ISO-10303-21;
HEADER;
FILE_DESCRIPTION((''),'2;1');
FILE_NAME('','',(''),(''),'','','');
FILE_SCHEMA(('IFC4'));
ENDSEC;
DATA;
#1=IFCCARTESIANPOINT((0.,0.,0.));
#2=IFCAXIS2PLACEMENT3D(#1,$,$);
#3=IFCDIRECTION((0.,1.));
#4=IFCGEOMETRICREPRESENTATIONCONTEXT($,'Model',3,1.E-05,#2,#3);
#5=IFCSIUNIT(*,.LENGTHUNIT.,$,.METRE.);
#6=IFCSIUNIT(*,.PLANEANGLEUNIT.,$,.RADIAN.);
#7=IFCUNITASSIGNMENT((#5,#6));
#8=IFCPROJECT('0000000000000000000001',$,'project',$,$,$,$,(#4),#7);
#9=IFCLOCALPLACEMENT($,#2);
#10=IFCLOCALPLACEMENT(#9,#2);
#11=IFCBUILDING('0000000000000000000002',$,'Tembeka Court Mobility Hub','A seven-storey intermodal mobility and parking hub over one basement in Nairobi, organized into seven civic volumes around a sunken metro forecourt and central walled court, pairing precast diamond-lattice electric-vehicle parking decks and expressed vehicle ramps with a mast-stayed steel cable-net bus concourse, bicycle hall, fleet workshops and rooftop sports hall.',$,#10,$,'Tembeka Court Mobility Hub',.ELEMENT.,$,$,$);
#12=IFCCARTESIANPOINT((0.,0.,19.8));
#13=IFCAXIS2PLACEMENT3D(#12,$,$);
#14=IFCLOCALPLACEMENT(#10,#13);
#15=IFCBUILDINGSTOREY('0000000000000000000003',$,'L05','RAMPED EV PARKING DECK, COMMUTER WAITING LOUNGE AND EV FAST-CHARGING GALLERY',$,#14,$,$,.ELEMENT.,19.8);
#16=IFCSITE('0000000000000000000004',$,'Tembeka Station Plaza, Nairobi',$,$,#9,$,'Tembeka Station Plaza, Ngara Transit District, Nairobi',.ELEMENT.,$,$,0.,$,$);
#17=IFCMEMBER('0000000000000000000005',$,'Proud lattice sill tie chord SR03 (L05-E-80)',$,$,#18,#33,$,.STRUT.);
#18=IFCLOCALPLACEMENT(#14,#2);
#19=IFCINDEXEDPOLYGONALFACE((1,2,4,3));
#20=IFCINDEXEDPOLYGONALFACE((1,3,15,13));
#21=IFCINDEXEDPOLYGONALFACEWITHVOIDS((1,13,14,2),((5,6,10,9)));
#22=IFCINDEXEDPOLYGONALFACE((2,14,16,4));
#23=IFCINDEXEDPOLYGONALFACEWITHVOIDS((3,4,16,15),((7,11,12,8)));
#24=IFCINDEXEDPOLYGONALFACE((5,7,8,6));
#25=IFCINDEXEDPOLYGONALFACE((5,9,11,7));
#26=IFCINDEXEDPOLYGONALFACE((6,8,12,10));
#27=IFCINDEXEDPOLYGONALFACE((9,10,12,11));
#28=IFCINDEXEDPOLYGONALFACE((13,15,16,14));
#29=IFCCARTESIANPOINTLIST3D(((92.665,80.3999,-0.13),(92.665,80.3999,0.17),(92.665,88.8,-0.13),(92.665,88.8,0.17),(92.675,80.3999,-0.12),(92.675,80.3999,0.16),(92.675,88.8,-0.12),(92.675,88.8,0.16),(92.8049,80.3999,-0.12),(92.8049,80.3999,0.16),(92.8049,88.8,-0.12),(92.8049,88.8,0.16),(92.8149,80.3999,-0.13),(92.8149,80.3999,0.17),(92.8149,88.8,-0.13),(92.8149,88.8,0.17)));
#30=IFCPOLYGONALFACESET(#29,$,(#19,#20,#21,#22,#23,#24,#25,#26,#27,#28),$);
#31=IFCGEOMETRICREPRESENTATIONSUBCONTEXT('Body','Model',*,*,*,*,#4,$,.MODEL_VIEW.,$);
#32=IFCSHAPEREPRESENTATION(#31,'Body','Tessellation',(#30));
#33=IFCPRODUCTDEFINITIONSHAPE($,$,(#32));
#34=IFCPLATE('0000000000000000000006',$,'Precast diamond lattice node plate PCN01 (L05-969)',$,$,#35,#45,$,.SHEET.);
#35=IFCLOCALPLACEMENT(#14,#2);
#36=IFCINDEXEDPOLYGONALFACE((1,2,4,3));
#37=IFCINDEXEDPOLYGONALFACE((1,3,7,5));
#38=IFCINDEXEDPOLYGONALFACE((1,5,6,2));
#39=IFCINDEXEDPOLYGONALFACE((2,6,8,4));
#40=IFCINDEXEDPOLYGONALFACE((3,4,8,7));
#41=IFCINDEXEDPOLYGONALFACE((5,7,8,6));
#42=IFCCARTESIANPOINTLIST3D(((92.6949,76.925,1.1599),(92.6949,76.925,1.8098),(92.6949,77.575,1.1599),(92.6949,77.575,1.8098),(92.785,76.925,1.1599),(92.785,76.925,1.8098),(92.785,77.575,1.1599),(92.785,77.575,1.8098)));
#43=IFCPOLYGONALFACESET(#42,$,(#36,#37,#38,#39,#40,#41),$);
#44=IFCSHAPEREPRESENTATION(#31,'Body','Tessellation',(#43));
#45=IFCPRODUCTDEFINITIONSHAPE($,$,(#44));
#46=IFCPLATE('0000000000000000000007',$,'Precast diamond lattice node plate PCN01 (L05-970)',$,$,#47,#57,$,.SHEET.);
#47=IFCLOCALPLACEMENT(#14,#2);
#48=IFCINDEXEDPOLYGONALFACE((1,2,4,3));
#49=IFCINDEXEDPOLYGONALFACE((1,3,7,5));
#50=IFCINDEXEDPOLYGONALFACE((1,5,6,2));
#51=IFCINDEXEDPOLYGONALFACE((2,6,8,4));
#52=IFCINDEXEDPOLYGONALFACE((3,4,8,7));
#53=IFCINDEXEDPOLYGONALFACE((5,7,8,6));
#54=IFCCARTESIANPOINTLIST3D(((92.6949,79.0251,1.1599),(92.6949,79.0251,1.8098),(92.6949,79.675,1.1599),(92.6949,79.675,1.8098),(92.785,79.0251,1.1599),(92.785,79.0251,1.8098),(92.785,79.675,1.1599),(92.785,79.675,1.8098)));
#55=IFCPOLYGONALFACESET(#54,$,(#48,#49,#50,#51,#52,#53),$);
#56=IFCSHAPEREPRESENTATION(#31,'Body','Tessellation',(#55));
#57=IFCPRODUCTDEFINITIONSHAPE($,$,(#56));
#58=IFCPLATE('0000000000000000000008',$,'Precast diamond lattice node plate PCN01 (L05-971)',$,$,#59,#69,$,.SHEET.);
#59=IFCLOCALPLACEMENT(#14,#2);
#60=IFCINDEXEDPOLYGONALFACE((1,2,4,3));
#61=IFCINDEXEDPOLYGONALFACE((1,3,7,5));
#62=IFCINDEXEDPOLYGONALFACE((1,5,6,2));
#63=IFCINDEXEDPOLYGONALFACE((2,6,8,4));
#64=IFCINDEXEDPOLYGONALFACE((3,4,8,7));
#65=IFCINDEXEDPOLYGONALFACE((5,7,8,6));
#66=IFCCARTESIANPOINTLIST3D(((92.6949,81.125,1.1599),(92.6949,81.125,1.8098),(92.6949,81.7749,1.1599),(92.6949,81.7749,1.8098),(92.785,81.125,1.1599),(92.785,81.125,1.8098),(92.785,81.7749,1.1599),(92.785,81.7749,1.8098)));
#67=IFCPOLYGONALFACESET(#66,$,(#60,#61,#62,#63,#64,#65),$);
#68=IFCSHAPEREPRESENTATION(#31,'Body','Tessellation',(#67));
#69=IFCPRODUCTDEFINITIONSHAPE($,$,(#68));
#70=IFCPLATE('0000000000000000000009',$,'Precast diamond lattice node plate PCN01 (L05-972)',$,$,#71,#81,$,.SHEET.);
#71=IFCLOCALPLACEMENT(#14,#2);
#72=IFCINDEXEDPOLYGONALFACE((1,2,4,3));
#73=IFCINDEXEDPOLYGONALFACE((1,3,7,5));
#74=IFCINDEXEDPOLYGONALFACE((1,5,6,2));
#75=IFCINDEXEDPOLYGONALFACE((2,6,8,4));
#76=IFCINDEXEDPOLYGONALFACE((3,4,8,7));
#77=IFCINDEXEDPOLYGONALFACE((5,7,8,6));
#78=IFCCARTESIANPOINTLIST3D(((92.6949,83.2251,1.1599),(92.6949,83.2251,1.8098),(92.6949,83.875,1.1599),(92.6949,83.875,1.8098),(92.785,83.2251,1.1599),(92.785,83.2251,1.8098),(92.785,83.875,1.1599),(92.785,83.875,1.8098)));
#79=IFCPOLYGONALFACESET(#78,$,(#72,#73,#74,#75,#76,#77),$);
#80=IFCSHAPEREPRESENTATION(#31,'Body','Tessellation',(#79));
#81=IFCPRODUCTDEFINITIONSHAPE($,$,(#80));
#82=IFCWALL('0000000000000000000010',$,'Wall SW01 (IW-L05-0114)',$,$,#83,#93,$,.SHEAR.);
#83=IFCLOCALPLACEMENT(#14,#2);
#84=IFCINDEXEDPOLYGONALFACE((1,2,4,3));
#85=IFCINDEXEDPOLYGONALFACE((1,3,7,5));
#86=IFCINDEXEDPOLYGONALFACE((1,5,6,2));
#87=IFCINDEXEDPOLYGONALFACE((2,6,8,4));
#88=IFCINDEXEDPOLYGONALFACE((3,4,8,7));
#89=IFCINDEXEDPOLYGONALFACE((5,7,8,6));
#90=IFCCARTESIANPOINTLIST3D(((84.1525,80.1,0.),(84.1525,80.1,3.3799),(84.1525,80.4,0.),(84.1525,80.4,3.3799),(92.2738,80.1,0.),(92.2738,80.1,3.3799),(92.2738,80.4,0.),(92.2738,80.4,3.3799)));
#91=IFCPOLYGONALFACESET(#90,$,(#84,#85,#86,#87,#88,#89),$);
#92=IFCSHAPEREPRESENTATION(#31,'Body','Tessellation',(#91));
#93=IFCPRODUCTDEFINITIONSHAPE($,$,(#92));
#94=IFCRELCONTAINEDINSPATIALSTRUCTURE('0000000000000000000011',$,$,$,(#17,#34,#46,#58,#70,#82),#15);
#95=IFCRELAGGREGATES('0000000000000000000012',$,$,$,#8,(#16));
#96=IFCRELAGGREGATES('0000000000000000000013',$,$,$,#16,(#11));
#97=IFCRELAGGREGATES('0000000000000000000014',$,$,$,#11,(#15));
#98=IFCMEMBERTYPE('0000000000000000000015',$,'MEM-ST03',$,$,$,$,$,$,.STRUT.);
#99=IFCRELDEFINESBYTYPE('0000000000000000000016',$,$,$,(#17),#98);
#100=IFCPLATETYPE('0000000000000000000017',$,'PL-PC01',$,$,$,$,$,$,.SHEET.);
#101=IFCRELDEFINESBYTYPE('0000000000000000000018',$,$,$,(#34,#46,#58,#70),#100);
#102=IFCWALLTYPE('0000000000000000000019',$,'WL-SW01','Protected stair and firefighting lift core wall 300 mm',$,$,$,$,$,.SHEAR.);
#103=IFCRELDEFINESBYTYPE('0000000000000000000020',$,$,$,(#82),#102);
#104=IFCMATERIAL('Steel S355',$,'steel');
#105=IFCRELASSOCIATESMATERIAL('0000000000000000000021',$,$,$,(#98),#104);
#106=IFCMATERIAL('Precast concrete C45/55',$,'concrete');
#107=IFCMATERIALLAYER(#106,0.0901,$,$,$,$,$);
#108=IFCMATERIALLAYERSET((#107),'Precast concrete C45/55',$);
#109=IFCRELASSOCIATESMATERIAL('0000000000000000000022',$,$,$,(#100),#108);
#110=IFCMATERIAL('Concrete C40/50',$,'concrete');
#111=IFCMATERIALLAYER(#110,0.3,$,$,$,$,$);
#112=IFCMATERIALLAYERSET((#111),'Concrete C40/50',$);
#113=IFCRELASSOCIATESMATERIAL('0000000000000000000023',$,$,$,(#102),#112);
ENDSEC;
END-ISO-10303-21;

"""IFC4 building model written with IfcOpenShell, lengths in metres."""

from ifc_helpers import new_model, si_unit, direction, frame, frame_2d, origin, origin_2d, place, context, subcontext, project, spatial, rectangle, hollow_rectangle, extrude, material, layer, layer_set, material_profile, profile_set, type_object, element, save


model = new_model("IFC4")

# Units and contexts
model_context = context("Model", 3, precision=1e-05, world=origin(), true_north=direction((0.0, 1.0)))
body_context = subcontext(model_context, "Body", "Model", "MODEL_VIEW")
ifc_project = project(units=[si_unit("LENGTHUNIT", "METRE"), si_unit("PLANEANGLEUNIT", "RADIAN")], contexts=[model_context])

# Site, building, storey
site_placement = place(None, origin())
site = spatial("IfcSite", under=ifc_project, at=site_placement, Name="Tembeka Station Plaza, Nairobi", LongName="Tembeka Station Plaza, Ngara Transit District, Nairobi", CompositionType="ELEMENT", RefElevation=0.0)
building_placement = place(site_placement, origin())
building = spatial("IfcBuilding", under=site, at=building_placement, Name="Tembeka Court Mobility Hub", Description="A seven-storey intermodal mobility and parking hub over one basement in Nairobi, organized into seven civic volumes around a sunken metro forecourt and central walled court, pairing precast diamond-lattice electric-vehicle parking decks and expressed vehicle ramps with a mast-stayed steel cable-net bus concourse, bicycle hall, fleet workshops and rooftop sports hall.", LongName="Tembeka Court Mobility Hub", CompositionType="ELEMENT")
storey_placement = place(building_placement, frame((0.0, 0.0, 19.8)))
storey = spatial("IfcBuildingStorey", under=building, at=storey_placement, Name="L05", Description="RAMPED EV PARKING DECK, COMMUTER WAITING LOUNGE AND EV FAST-CHARGING GALLERY", CompositionType="ELEMENT", Elevation=19.8)

# Shared definitions
ifc_material_1 = material(Name="Steel S355", Category="steel")

# Member
ifc_material_2 = material(Name="Precast concrete C45/55", Category="concrete")
ifc_material_profile_1 = material_profile(ifc_material_1, hollow_rectangle(XDim=0.1499, YDim=0.3, WallThickness=0.01, at=origin_2d()), Name="RHS 300x150x10")
ifc_profile_set_1 = profile_set([ifc_material_profile_1], Name="Steel S355")
member_type_1 = type_object("IfcMemberType", Name="MEM-ST03", PredefinedType="STRUT", material=ifc_profile_set_1)
member_1_placement = place(storey_placement, frame((92.74, 80.3999, 0.02), z_axis=(0.0, 1.0, 0.0), x_axis=(-1.0, 0.0, 0.0)))
element("IfcMember", 1, at=member_1_placement, inside=storey, type_object=member_type_1, Name="Proud lattice sill tie chord SR03 (L05-E-80)", PredefinedType="STRUT", context=body_context, shape_type="SweptSolid", body=[
    extrude(hollow_rectangle(XDim=0.1499, YDim=0.3, WallThickness=0.01, at=origin_2d()), origin(), (0.0, 0.0, 1.0), 8.4001),
])

# Plates
ifc_layer_1 = layer(ifc_material_2, 0.0901)
ifc_layer_set_1 = layer_set([ifc_layer_1], Name="Precast concrete C45/55")
plate_type = type_object("IfcPlateType", Name="PL-PC01", PredefinedType="SHEET", material=ifc_layer_set_1)
for number, where, z_axis, x_axis, name in (
    (2, (92.74, 77.25, 1.1599), (0.0, 0.0, 1.0), (1.0, 0.0, 0.0), "Precast diamond lattice node plate PCN01 (L05-969)"),
    (3, (92.74, 79.3501, 1.1599), (0.0, 0.0, 1.0), (1.0, 0.0, 0.0), "Precast diamond lattice node plate PCN01 (L05-970)"),
    (4, (92.74, 81.45, 1.1599), (0.0, 0.0, 1.0), (1.0, 0.0, 0.0), "Precast diamond lattice node plate PCN01 (L05-971)"),
    (5, (92.74, 83.55, 1.1599), (0.0, 0.0, 1.0), (1.0, 0.0, 0.0), "Precast diamond lattice node plate PCN01 (L05-972)"),
):
    element("IfcPlate", number, at=place(storey_placement, frame(where, z_axis=z_axis, x_axis=x_axis)), inside=storey, type_object=plate_type, Name=name, PredefinedType="SHEET", context=body_context, shape_type="SweptSolid", body=[
        extrude(rectangle(XDim=0.0901, YDim=0.6499, at=origin_2d()), origin(), (0.0, 0.0, 1.0), 0.6499),
    ])

# Wall
ifc_material_3 = material(Name="Concrete C40/50", Category="concrete")
ifc_layer_2 = layer(ifc_material_3, 0.3)
ifc_layer_set_2 = layer_set([ifc_layer_2], Name="Concrete C40/50")
wall_type = type_object("IfcWallType", Name="WL-SW01", Description="Protected stair and firefighting lift core wall 300 mm", PredefinedType="SHEAR", material=ifc_layer_set_2)
wall_placement = place(storey_placement, frame((84.1526, 80.25, 0.0), z_axis=(0.0, 0.0, 1.0), x_axis=(1.0, 0.0, 0.0)))
element("IfcWall", 6, at=wall_placement, inside=storey, type_object=wall_type, Name="Wall SW01 (IW-L05-0114)", PredefinedType="SHEAR", context=body_context, shape_type="SweptSolid", body=[
    extrude(rectangle(XDim=8.1213, YDim=0.3, at=frame_2d((4.0605, 0.0))), origin(), (0.0, 0.0, 1.0), 3.3799),
])

save(model, "model.ifc")
